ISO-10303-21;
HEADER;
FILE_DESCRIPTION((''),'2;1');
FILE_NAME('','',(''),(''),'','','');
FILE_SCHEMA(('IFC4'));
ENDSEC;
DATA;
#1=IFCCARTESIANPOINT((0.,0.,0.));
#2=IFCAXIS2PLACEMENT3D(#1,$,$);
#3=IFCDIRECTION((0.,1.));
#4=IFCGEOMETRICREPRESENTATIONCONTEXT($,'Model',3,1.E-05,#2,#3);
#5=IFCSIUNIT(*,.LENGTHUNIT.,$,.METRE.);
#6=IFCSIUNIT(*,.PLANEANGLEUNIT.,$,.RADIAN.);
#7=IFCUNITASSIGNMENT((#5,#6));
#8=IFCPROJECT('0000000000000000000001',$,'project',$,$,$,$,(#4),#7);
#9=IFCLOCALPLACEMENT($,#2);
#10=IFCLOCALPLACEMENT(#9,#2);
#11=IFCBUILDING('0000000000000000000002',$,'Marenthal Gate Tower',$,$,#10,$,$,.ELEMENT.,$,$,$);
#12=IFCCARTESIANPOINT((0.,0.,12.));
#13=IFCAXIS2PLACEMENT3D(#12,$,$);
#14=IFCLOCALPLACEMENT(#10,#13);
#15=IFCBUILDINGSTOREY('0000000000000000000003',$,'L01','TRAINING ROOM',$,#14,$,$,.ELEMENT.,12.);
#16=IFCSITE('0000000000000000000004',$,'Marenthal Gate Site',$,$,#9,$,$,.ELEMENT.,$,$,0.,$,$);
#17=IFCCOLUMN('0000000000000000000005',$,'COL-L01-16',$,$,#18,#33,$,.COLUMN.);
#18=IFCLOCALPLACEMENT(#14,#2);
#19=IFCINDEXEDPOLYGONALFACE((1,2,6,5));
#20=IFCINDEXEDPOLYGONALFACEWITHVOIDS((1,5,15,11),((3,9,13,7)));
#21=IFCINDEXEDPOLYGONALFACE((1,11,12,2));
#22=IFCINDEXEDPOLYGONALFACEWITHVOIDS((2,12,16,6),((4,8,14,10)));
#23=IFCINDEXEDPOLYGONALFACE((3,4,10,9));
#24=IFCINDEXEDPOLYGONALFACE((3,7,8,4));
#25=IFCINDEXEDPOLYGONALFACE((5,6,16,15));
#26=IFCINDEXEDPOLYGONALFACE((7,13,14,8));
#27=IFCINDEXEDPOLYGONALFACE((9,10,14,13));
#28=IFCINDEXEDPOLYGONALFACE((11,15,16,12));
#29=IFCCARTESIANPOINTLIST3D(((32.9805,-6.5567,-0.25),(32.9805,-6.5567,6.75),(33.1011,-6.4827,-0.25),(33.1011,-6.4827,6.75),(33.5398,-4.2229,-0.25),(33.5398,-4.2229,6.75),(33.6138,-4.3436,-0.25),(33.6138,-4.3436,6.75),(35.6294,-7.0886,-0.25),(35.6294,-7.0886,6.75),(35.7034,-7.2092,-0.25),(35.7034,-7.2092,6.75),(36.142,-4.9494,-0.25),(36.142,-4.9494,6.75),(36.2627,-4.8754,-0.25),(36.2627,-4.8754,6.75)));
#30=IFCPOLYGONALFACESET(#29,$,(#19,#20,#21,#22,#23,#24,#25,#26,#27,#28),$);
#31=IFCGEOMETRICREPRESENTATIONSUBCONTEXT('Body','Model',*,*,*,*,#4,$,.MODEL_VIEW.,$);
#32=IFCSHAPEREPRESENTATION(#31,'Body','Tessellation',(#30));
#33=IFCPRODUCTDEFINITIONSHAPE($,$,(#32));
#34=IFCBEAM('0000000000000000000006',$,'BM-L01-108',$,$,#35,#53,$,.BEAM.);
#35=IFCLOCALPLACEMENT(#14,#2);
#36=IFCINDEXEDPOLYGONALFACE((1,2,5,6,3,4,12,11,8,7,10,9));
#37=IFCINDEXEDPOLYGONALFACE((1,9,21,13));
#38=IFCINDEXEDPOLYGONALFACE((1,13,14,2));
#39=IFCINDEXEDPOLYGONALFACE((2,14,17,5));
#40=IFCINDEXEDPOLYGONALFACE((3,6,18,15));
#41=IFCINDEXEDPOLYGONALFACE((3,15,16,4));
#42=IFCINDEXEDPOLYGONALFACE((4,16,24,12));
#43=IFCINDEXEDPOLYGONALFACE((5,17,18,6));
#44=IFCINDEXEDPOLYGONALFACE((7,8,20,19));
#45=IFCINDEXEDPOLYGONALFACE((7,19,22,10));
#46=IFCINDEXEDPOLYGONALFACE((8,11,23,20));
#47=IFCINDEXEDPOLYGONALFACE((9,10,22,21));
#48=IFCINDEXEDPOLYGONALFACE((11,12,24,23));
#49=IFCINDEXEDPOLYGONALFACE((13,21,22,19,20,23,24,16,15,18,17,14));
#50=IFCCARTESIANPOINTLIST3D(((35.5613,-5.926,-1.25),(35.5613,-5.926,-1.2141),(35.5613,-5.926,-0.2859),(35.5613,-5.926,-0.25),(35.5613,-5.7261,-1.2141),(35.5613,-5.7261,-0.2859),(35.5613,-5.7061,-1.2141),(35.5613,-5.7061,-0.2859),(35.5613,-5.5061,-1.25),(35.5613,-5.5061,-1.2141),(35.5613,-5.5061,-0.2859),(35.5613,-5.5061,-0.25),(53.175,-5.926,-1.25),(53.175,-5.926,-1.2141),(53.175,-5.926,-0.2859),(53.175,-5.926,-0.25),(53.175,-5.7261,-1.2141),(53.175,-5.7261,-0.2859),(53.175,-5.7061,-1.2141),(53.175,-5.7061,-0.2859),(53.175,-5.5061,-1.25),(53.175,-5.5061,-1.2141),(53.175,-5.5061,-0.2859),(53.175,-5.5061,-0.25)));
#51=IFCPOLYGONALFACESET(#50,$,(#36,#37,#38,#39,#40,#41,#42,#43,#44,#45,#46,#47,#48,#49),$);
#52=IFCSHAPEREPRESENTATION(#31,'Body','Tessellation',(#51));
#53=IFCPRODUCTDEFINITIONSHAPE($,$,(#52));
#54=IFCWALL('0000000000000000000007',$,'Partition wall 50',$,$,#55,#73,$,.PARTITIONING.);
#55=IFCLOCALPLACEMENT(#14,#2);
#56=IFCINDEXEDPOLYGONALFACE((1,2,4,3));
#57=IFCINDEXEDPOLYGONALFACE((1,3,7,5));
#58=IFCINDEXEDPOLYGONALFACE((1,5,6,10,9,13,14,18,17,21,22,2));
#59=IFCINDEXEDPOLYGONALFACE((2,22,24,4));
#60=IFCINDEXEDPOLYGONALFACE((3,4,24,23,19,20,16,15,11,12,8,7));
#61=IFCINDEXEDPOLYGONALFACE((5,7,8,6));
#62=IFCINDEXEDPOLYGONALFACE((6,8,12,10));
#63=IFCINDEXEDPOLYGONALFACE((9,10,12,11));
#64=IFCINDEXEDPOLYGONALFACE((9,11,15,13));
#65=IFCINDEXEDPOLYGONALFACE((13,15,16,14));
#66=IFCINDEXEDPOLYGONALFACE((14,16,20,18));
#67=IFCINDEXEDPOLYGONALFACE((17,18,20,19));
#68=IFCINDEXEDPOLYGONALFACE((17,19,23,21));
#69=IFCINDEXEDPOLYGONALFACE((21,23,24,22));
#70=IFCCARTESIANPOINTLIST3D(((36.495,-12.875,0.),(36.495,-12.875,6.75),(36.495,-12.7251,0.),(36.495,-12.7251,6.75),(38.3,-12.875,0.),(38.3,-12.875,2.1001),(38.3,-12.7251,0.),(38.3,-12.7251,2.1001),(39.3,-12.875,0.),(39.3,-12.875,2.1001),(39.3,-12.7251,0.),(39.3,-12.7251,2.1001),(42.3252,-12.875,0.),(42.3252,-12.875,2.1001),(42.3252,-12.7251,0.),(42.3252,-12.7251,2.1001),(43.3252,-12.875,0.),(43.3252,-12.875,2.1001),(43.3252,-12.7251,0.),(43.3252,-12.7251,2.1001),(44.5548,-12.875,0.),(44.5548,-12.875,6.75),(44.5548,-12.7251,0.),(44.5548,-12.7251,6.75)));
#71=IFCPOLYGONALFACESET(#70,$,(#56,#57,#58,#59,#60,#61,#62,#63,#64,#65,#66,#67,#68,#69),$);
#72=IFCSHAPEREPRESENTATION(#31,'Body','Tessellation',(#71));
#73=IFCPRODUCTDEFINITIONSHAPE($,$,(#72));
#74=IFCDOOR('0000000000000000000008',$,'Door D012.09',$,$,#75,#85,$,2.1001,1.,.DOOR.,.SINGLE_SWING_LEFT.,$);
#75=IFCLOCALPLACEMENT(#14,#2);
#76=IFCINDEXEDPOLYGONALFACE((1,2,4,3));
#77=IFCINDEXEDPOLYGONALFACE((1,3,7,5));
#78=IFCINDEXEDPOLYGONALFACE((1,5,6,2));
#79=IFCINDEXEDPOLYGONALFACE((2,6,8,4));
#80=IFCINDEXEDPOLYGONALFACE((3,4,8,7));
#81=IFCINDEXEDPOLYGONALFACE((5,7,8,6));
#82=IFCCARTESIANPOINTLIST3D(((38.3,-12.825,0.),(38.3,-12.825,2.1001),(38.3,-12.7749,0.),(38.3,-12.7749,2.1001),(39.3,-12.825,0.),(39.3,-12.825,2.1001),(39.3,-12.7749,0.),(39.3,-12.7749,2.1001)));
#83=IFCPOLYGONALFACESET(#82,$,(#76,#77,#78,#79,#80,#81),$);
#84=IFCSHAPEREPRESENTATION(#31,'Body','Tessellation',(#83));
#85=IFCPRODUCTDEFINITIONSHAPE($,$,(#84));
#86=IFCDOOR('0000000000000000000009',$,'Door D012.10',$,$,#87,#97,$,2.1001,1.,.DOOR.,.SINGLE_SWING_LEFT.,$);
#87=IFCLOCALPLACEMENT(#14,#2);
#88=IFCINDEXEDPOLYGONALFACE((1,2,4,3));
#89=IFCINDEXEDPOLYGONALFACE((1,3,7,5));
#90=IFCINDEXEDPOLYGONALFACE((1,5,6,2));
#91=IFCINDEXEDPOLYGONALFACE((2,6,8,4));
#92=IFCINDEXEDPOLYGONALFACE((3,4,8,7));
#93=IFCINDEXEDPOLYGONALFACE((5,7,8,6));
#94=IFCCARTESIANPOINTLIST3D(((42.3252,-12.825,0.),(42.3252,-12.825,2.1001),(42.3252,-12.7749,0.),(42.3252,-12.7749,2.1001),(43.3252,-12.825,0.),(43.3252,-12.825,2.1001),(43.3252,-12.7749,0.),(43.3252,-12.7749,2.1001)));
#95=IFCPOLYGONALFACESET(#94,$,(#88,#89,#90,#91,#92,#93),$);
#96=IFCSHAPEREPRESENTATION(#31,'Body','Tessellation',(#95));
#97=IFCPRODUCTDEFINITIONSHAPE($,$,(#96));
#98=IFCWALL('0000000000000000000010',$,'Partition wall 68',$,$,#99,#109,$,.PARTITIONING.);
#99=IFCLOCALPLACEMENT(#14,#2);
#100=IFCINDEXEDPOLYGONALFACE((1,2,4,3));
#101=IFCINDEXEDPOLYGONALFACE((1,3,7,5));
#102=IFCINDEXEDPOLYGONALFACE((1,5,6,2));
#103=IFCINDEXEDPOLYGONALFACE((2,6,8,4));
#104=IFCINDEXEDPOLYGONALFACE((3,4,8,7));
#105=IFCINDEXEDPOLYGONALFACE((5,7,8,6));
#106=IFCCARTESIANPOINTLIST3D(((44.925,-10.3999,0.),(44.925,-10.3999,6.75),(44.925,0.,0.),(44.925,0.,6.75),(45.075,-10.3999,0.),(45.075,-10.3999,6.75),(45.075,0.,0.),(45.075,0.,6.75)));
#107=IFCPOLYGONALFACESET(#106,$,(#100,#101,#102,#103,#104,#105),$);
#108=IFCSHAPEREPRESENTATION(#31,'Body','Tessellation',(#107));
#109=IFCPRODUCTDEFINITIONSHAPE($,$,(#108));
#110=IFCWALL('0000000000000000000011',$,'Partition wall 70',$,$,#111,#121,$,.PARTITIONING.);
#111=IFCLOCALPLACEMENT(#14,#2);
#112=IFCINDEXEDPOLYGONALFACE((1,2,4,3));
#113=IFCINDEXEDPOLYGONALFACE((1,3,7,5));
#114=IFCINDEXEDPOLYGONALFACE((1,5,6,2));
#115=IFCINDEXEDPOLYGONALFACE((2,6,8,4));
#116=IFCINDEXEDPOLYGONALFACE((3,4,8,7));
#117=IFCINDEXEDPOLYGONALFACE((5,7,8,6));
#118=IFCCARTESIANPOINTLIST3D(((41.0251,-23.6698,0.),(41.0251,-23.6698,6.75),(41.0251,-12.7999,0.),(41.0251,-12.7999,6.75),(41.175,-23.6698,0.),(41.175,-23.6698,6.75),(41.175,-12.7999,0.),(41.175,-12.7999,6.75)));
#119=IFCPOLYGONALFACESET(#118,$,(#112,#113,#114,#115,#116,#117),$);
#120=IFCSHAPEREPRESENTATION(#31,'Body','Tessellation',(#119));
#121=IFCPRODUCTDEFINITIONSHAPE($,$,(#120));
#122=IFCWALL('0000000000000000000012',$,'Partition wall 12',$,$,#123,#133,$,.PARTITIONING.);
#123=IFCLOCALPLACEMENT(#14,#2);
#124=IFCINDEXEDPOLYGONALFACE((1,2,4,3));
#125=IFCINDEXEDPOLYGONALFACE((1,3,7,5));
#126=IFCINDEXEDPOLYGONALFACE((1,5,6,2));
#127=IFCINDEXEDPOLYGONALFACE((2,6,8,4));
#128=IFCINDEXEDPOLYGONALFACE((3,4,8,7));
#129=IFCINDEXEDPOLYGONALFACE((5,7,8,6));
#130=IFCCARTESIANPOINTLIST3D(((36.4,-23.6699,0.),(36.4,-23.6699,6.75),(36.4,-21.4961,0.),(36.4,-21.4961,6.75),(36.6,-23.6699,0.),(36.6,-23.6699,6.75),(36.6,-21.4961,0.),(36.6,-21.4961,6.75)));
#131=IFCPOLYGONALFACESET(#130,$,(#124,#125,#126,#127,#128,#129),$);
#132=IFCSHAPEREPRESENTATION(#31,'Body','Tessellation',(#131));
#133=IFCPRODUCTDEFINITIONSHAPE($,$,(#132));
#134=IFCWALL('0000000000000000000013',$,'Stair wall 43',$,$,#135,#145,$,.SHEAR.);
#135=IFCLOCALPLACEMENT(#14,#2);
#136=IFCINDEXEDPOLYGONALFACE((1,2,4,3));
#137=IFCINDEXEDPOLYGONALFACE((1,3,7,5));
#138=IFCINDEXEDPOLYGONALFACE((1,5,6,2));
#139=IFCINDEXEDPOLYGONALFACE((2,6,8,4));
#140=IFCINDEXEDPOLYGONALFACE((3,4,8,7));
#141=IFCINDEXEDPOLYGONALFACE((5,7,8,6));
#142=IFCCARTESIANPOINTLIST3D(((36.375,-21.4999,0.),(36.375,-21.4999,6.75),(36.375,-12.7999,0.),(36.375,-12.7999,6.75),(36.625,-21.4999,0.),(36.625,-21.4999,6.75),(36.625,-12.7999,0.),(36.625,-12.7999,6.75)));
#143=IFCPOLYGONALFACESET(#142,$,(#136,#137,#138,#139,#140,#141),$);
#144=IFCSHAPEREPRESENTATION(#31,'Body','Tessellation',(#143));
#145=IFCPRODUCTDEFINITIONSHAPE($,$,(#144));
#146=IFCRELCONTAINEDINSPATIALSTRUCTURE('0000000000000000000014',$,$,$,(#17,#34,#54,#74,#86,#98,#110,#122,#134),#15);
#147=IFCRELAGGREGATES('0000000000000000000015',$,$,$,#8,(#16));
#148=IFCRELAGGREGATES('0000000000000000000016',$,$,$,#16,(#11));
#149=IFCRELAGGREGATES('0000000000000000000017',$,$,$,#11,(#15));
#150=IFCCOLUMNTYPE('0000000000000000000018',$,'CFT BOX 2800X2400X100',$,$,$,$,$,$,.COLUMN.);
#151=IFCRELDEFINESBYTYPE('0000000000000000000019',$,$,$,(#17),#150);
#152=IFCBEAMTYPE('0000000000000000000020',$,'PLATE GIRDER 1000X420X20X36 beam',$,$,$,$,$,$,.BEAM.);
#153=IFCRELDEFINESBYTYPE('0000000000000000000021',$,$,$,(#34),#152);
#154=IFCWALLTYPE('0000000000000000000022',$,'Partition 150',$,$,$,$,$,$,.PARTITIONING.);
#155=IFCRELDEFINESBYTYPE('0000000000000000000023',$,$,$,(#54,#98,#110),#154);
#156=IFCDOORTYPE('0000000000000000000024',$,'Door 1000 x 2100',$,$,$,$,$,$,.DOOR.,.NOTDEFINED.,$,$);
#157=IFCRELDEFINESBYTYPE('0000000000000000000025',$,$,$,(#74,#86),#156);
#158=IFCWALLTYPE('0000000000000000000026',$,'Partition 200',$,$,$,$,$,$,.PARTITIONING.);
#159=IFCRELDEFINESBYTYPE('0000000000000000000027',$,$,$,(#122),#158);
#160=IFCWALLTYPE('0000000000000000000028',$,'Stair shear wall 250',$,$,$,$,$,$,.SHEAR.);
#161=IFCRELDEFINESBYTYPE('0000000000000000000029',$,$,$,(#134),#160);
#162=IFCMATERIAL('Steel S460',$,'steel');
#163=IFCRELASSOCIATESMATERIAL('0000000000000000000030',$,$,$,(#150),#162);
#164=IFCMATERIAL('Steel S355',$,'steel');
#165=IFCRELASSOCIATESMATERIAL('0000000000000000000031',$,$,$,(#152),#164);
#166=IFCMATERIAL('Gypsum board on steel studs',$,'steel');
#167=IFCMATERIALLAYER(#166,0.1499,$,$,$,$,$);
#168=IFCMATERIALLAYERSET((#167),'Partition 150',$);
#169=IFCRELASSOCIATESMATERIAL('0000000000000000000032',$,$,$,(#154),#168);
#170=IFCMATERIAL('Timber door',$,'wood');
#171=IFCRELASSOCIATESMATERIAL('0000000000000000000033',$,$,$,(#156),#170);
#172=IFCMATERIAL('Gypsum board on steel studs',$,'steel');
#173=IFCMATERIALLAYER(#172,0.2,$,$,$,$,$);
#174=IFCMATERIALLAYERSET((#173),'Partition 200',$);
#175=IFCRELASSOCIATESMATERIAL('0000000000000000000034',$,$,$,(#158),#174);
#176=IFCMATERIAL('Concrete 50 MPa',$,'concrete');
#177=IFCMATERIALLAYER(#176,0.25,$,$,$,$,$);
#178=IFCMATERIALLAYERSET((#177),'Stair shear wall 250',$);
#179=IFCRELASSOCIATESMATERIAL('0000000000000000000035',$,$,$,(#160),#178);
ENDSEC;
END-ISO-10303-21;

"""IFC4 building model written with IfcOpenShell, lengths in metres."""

from ifc_helpers import new_model, si_unit, direction, frame, frame_2d, origin, origin_2d, place, context, subcontext, project, spatial, rectangle, hollow_rectangle, i_section, extrude, material, layer, layer_set, material_profile, profile_set, type_object, element, fill, save


model = new_model("IFC4")

# Units and contexts
model_context = context("Model", 3, precision=1e-05, world=origin(), true_north=direction((0.0, 1.0)))
body_context = subcontext(model_context, "Body", "Model", "MODEL_VIEW")
ifc_project = project(units=[si_unit("LENGTHUNIT", "METRE"), si_unit("PLANEANGLEUNIT", "RADIAN")], contexts=[model_context])

# Site, building, storey
site_placement = place(None, origin())
site = spatial("IfcSite", under=ifc_project, at=site_placement, Name="Marenthal Gate Site", CompositionType="ELEMENT", RefElevation=0.0)
building_placement = place(site_placement, origin())
building = spatial("IfcBuilding", under=site, at=building_placement, Name="Marenthal Gate Tower", CompositionType="ELEMENT")
storey_placement = place(building_placement, frame((0.0, 0.0, 12.0)))
storey = spatial("IfcBuildingStorey", under=building, at=storey_placement, Name="L01", Description="TRAINING ROOM", CompositionType="ELEMENT", Elevation=12.0)

# Column
ifc_material_1 = material(Name="Steel S460", Category="steel")
ifc_material_profile_1 = material_profile(ifc_material_1, hollow_rectangle(XDim=2.3999, YDim=2.8, WallThickness=0.1001, at=origin_2d()), Name="CFT BOX 2800X2400X100")
ifc_material_2 = material(Name="Concrete 70 MPa", Category="concrete")
ifc_material_profile_2 = material_profile(ifc_material_2, rectangle(XDim=2.2, YDim=2.6001, at=origin_2d()), Name="CFT BOX 2800X2400X100 INFILL")
ifc_profile_set_1 = profile_set([ifc_material_profile_1, ifc_material_profile_2], Name="Steel S460 shell, Concrete 70 MPa infill")
column_type = type_object("IfcColumnType", Name="CFT BOX 2800X2400X100", PredefinedType="COLUMN", material=ifc_profile_set_1)
column_placement = place(storey_placement, frame((34.6216, -5.7161, -0.25), z_axis=(0.0, 0.0, 1.0), x_axis=(-0.233047, -0.972466, 0.0)))
element("IfcColumn", 1, at=column_placement, inside=storey, type_object=column_type, Name="COL-L01-16", PredefinedType="COLUMN", context=body_context, shape_type="SweptSolid", body=[
    extrude(hollow_rectangle(XDim=2.3999, YDim=2.8, WallThickness=0.1001, at=origin_2d()), origin(), (0.0, 0.0, 1.0), 7.0),
])

# Beam
ifc_material_3 = material(Name="Steel S355", Category="steel")
ifc_material_profile_3 = material_profile(ifc_material_3, i_section(OverallWidth=0.4199, OverallDepth=1.0, WebThickness=0.02, FlangeThickness=0.0359, at=origin_2d()), Name="PLATE GIRDER 1000X420X20X36")
ifc_profile_set_2 = profile_set([ifc_material_profile_3], Name="Steel S355")
beam_type = type_object("IfcBeamType", Name="PLATE GIRDER 1000X420X20X36 beam", PredefinedType="BEAM", material=ifc_profile_set_2)
beam_placement = place(storey_placement, frame((35.5613, -5.7161, -0.75), z_axis=(1.0, 0.0, 0.0), x_axis=(0.0, 1.0, 0.0)))
element("IfcBeam", 2, at=beam_placement, inside=storey, type_object=beam_type, Name="BM-L01-108", PredefinedType="BEAM", context=body_context, shape_type="SweptSolid", body=[
    extrude(i_section(OverallWidth=0.4199, OverallDepth=1.0, WebThickness=0.02, FlangeThickness=0.0359, at=origin_2d()), origin(), (0.0, 0.0, 1.0), 17.6138),
])

# Wall, openings, doors
ifc_material_4 = material(Name="Gypsum board on steel studs", Category="steel")
ifc_layer_1 = layer(ifc_material_4, 0.1499)
ifc_layer_set_1 = layer_set([ifc_layer_1], Name="Partition 150")
wall_type_1 = type_object("IfcWallType", Name="Partition 150", PredefinedType="PARTITIONING", material=ifc_layer_set_1)
wall_1_placement = place(storey_placement, frame((36.4951, -12.8, 0.0), z_axis=(0.0, 0.0, 1.0), x_axis=(1.0, 0.0, 0.0)))
wall_1 = element("IfcWall", 3, at=wall_1_placement, inside=storey, type_object=wall_type_1, Name="Partition wall 50", PredefinedType="PARTITIONING", context=body_context, shape_type="SweptSolid", body=[
    extrude(rectangle(XDim=8.0598, YDim=0.1499, at=frame_2d((4.0298, 0.0))), origin(), (0.0, 0.0, 1.0), 6.75),
])
opening_1_placement = place(wall_1_placement, frame((1.8049, 0.0, 0.0)))
opening_1 = element("IfcOpeningElement", 4, at=opening_1_placement, cuts=wall_1, PredefinedType="OPENING", context=body_context, shape_type="SweptSolid", body=[
    extrude(rectangle(XDim=1.0, YDim=2.1001, at=frame_2d((0.5, 1.05))), frame((0.0, 0.085, 0.0), z_axis=(0.0, -1.0, 0.0), x_axis=(1.0, 0.0, 0.0)), (0.0, 0.0, 1.0), 0.1699),
])
opening_2_placement = place(wall_1_placement, frame((5.8301, 0.0, 0.0)))
opening_2 = element("IfcOpeningElement", 5, at=opening_2_placement, cuts=wall_1, PredefinedType="OPENING", context=body_context, shape_type="SweptSolid", body=[
    extrude(rectangle(XDim=1.0, YDim=2.1001, at=frame_2d((0.5, 1.05))), frame((0.0, 0.085, 0.0), z_axis=(0.0, -1.0, 0.0), x_axis=(1.0, 0.0, 0.0)), (0.0, 0.0, 1.0), 0.1699),
])
ifc_material_5 = material(Name="Timber door", Category="wood")
door_type = type_object("IfcDoorType", Name="Door 1000 x 2100", OperationType="NOTDEFINED", PredefinedType="DOOR", material=ifc_material_5)
door_1_placement = place(opening_1_placement, frame((1.0, 0.0, 0.0), z_axis=(0.0, 0.0, 1.0), x_axis=(-1.0, 0.0, 0.0)))
door_1 = element("IfcDoor", 6, at=door_1_placement, inside=storey, type_object=door_type, Name="Door D012.09", OperationType="SINGLE_SWING_LEFT", OverallHeight=2.1001, OverallWidth=1.0, PredefinedType="DOOR", context=body_context, shape_type="SweptSolid", body=[
    extrude(rectangle(XDim=1.0, YDim=2.1001, at=frame_2d((0.5, 1.05))), frame((0.0, 0.0249, 0.0), z_axis=(0.0, -1.0, 0.0), x_axis=(1.0, 0.0, 0.0)), (0.0, 0.0, 1.0), 0.05),
])
fill(opening_1, door_1)
door_2_placement = place(opening_2_placement, frame((1.0, 0.0, 0.0), z_axis=(0.0, 0.0, 1.0), x_axis=(-1.0, 0.0, 0.0)))
door_2 = element("IfcDoor", 7, at=door_2_placement, inside=storey, type_object=door_type, Name="Door D012.10", OperationType="SINGLE_SWING_LEFT", OverallHeight=2.1001, OverallWidth=1.0, PredefinedType="DOOR", context=body_context, shape_type="SweptSolid", body=[
    extrude(rectangle(XDim=1.0, YDim=2.1001, at=frame_2d((0.5, 1.05))), frame((0.0, 0.0249, 0.0), z_axis=(0.0, -1.0, 0.0), x_axis=(1.0, 0.0, 0.0)), (0.0, 0.0, 1.0), 0.05),
])
fill(opening_2, door_2)

# Walls
wall_2_placement = place(storey_placement, frame((45.0, -10.3999, 0.0), z_axis=(0.0, 0.0, 1.0), x_axis=(0.0, 1.0, 0.0)))
element("IfcWall", 8, at=wall_2_placement, inside=storey, type_object=wall_type_1, Name="Partition wall 68", PredefinedType="PARTITIONING", context=body_context, shape_type="SweptSolid", body=[
    extrude(rectangle(XDim=10.3999, YDim=0.1499, at=frame_2d((5.2, 0.0))), origin(), (0.0, 0.0, 1.0), 6.75),
])
wall_3_placement = place(storey_placement, frame((41.1001, -23.6699, 0.0), z_axis=(0.0, 0.0, 1.0), x_axis=(0.0, 1.0, 0.0)))
element("IfcWall", 9, at=wall_3_placement, inside=storey, type_object=wall_type_1, Name="Partition wall 70", PredefinedType="PARTITIONING", context=body_context, shape_type="SweptSolid", body=[
    extrude(rectangle(XDim=10.8699, YDim=0.1499, at=frame_2d((5.4351, 0.0))), origin(), (0.0, 0.0, 1.0), 6.75),
])
ifc_material_6 = material(Name="Gypsum board on steel studs", Category="steel")
ifc_layer_2 = layer(ifc_material_6, 0.2)
ifc_layer_set_2 = layer_set([ifc_layer_2], Name="Partition 200")
wall_type_2 = type_object("IfcWallType", Name="Partition 200", PredefinedType="PARTITIONING", material=ifc_layer_set_2)
wall_4_placement = place(storey_placement, frame((36.5, -23.6699, 0.0), z_axis=(0.0, 0.0, 1.0), x_axis=(0.0, 1.0, 0.0)))
element("IfcWall", 10, at=wall_4_placement, inside=storey, type_object=wall_type_2, Name="Partition wall 12", PredefinedType="PARTITIONING", context=body_context, shape_type="SweptSolid", body=[
    extrude(rectangle(XDim=2.1738, YDim=0.2, at=frame_2d((1.0869, 0.0))), origin(), (0.0, 0.0, 1.0), 6.75),
])
ifc_material_7 = material(Name="Concrete 50 MPa", Category="concrete")
ifc_layer_3 = layer(ifc_material_7, 0.25)
ifc_layer_set_3 = layer_set([ifc_layer_3], Name="Stair shear wall 250")
wall_type_3 = type_object("IfcWallType", Name="Stair shear wall 250", PredefinedType="SHEAR", material=ifc_layer_set_3)
wall_5_placement = place(storey_placement, frame((36.5, -21.5, 0.0), z_axis=(0.0, 0.0, 1.0), x_axis=(0.0, 1.0, 0.0)))
element("IfcWall", 11, at=wall_5_placement, inside=storey, type_object=wall_type_3, Name="Stair wall 43", PredefinedType="SHEAR", context=body_context, shape_type="SweptSolid", body=[
    extrude(rectangle(XDim=8.7, YDim=0.25, at=frame_2d((4.3501, 0.0))), origin(), (0.0, 0.0, 1.0), 6.75),
])

save(model, "model.ifc")
